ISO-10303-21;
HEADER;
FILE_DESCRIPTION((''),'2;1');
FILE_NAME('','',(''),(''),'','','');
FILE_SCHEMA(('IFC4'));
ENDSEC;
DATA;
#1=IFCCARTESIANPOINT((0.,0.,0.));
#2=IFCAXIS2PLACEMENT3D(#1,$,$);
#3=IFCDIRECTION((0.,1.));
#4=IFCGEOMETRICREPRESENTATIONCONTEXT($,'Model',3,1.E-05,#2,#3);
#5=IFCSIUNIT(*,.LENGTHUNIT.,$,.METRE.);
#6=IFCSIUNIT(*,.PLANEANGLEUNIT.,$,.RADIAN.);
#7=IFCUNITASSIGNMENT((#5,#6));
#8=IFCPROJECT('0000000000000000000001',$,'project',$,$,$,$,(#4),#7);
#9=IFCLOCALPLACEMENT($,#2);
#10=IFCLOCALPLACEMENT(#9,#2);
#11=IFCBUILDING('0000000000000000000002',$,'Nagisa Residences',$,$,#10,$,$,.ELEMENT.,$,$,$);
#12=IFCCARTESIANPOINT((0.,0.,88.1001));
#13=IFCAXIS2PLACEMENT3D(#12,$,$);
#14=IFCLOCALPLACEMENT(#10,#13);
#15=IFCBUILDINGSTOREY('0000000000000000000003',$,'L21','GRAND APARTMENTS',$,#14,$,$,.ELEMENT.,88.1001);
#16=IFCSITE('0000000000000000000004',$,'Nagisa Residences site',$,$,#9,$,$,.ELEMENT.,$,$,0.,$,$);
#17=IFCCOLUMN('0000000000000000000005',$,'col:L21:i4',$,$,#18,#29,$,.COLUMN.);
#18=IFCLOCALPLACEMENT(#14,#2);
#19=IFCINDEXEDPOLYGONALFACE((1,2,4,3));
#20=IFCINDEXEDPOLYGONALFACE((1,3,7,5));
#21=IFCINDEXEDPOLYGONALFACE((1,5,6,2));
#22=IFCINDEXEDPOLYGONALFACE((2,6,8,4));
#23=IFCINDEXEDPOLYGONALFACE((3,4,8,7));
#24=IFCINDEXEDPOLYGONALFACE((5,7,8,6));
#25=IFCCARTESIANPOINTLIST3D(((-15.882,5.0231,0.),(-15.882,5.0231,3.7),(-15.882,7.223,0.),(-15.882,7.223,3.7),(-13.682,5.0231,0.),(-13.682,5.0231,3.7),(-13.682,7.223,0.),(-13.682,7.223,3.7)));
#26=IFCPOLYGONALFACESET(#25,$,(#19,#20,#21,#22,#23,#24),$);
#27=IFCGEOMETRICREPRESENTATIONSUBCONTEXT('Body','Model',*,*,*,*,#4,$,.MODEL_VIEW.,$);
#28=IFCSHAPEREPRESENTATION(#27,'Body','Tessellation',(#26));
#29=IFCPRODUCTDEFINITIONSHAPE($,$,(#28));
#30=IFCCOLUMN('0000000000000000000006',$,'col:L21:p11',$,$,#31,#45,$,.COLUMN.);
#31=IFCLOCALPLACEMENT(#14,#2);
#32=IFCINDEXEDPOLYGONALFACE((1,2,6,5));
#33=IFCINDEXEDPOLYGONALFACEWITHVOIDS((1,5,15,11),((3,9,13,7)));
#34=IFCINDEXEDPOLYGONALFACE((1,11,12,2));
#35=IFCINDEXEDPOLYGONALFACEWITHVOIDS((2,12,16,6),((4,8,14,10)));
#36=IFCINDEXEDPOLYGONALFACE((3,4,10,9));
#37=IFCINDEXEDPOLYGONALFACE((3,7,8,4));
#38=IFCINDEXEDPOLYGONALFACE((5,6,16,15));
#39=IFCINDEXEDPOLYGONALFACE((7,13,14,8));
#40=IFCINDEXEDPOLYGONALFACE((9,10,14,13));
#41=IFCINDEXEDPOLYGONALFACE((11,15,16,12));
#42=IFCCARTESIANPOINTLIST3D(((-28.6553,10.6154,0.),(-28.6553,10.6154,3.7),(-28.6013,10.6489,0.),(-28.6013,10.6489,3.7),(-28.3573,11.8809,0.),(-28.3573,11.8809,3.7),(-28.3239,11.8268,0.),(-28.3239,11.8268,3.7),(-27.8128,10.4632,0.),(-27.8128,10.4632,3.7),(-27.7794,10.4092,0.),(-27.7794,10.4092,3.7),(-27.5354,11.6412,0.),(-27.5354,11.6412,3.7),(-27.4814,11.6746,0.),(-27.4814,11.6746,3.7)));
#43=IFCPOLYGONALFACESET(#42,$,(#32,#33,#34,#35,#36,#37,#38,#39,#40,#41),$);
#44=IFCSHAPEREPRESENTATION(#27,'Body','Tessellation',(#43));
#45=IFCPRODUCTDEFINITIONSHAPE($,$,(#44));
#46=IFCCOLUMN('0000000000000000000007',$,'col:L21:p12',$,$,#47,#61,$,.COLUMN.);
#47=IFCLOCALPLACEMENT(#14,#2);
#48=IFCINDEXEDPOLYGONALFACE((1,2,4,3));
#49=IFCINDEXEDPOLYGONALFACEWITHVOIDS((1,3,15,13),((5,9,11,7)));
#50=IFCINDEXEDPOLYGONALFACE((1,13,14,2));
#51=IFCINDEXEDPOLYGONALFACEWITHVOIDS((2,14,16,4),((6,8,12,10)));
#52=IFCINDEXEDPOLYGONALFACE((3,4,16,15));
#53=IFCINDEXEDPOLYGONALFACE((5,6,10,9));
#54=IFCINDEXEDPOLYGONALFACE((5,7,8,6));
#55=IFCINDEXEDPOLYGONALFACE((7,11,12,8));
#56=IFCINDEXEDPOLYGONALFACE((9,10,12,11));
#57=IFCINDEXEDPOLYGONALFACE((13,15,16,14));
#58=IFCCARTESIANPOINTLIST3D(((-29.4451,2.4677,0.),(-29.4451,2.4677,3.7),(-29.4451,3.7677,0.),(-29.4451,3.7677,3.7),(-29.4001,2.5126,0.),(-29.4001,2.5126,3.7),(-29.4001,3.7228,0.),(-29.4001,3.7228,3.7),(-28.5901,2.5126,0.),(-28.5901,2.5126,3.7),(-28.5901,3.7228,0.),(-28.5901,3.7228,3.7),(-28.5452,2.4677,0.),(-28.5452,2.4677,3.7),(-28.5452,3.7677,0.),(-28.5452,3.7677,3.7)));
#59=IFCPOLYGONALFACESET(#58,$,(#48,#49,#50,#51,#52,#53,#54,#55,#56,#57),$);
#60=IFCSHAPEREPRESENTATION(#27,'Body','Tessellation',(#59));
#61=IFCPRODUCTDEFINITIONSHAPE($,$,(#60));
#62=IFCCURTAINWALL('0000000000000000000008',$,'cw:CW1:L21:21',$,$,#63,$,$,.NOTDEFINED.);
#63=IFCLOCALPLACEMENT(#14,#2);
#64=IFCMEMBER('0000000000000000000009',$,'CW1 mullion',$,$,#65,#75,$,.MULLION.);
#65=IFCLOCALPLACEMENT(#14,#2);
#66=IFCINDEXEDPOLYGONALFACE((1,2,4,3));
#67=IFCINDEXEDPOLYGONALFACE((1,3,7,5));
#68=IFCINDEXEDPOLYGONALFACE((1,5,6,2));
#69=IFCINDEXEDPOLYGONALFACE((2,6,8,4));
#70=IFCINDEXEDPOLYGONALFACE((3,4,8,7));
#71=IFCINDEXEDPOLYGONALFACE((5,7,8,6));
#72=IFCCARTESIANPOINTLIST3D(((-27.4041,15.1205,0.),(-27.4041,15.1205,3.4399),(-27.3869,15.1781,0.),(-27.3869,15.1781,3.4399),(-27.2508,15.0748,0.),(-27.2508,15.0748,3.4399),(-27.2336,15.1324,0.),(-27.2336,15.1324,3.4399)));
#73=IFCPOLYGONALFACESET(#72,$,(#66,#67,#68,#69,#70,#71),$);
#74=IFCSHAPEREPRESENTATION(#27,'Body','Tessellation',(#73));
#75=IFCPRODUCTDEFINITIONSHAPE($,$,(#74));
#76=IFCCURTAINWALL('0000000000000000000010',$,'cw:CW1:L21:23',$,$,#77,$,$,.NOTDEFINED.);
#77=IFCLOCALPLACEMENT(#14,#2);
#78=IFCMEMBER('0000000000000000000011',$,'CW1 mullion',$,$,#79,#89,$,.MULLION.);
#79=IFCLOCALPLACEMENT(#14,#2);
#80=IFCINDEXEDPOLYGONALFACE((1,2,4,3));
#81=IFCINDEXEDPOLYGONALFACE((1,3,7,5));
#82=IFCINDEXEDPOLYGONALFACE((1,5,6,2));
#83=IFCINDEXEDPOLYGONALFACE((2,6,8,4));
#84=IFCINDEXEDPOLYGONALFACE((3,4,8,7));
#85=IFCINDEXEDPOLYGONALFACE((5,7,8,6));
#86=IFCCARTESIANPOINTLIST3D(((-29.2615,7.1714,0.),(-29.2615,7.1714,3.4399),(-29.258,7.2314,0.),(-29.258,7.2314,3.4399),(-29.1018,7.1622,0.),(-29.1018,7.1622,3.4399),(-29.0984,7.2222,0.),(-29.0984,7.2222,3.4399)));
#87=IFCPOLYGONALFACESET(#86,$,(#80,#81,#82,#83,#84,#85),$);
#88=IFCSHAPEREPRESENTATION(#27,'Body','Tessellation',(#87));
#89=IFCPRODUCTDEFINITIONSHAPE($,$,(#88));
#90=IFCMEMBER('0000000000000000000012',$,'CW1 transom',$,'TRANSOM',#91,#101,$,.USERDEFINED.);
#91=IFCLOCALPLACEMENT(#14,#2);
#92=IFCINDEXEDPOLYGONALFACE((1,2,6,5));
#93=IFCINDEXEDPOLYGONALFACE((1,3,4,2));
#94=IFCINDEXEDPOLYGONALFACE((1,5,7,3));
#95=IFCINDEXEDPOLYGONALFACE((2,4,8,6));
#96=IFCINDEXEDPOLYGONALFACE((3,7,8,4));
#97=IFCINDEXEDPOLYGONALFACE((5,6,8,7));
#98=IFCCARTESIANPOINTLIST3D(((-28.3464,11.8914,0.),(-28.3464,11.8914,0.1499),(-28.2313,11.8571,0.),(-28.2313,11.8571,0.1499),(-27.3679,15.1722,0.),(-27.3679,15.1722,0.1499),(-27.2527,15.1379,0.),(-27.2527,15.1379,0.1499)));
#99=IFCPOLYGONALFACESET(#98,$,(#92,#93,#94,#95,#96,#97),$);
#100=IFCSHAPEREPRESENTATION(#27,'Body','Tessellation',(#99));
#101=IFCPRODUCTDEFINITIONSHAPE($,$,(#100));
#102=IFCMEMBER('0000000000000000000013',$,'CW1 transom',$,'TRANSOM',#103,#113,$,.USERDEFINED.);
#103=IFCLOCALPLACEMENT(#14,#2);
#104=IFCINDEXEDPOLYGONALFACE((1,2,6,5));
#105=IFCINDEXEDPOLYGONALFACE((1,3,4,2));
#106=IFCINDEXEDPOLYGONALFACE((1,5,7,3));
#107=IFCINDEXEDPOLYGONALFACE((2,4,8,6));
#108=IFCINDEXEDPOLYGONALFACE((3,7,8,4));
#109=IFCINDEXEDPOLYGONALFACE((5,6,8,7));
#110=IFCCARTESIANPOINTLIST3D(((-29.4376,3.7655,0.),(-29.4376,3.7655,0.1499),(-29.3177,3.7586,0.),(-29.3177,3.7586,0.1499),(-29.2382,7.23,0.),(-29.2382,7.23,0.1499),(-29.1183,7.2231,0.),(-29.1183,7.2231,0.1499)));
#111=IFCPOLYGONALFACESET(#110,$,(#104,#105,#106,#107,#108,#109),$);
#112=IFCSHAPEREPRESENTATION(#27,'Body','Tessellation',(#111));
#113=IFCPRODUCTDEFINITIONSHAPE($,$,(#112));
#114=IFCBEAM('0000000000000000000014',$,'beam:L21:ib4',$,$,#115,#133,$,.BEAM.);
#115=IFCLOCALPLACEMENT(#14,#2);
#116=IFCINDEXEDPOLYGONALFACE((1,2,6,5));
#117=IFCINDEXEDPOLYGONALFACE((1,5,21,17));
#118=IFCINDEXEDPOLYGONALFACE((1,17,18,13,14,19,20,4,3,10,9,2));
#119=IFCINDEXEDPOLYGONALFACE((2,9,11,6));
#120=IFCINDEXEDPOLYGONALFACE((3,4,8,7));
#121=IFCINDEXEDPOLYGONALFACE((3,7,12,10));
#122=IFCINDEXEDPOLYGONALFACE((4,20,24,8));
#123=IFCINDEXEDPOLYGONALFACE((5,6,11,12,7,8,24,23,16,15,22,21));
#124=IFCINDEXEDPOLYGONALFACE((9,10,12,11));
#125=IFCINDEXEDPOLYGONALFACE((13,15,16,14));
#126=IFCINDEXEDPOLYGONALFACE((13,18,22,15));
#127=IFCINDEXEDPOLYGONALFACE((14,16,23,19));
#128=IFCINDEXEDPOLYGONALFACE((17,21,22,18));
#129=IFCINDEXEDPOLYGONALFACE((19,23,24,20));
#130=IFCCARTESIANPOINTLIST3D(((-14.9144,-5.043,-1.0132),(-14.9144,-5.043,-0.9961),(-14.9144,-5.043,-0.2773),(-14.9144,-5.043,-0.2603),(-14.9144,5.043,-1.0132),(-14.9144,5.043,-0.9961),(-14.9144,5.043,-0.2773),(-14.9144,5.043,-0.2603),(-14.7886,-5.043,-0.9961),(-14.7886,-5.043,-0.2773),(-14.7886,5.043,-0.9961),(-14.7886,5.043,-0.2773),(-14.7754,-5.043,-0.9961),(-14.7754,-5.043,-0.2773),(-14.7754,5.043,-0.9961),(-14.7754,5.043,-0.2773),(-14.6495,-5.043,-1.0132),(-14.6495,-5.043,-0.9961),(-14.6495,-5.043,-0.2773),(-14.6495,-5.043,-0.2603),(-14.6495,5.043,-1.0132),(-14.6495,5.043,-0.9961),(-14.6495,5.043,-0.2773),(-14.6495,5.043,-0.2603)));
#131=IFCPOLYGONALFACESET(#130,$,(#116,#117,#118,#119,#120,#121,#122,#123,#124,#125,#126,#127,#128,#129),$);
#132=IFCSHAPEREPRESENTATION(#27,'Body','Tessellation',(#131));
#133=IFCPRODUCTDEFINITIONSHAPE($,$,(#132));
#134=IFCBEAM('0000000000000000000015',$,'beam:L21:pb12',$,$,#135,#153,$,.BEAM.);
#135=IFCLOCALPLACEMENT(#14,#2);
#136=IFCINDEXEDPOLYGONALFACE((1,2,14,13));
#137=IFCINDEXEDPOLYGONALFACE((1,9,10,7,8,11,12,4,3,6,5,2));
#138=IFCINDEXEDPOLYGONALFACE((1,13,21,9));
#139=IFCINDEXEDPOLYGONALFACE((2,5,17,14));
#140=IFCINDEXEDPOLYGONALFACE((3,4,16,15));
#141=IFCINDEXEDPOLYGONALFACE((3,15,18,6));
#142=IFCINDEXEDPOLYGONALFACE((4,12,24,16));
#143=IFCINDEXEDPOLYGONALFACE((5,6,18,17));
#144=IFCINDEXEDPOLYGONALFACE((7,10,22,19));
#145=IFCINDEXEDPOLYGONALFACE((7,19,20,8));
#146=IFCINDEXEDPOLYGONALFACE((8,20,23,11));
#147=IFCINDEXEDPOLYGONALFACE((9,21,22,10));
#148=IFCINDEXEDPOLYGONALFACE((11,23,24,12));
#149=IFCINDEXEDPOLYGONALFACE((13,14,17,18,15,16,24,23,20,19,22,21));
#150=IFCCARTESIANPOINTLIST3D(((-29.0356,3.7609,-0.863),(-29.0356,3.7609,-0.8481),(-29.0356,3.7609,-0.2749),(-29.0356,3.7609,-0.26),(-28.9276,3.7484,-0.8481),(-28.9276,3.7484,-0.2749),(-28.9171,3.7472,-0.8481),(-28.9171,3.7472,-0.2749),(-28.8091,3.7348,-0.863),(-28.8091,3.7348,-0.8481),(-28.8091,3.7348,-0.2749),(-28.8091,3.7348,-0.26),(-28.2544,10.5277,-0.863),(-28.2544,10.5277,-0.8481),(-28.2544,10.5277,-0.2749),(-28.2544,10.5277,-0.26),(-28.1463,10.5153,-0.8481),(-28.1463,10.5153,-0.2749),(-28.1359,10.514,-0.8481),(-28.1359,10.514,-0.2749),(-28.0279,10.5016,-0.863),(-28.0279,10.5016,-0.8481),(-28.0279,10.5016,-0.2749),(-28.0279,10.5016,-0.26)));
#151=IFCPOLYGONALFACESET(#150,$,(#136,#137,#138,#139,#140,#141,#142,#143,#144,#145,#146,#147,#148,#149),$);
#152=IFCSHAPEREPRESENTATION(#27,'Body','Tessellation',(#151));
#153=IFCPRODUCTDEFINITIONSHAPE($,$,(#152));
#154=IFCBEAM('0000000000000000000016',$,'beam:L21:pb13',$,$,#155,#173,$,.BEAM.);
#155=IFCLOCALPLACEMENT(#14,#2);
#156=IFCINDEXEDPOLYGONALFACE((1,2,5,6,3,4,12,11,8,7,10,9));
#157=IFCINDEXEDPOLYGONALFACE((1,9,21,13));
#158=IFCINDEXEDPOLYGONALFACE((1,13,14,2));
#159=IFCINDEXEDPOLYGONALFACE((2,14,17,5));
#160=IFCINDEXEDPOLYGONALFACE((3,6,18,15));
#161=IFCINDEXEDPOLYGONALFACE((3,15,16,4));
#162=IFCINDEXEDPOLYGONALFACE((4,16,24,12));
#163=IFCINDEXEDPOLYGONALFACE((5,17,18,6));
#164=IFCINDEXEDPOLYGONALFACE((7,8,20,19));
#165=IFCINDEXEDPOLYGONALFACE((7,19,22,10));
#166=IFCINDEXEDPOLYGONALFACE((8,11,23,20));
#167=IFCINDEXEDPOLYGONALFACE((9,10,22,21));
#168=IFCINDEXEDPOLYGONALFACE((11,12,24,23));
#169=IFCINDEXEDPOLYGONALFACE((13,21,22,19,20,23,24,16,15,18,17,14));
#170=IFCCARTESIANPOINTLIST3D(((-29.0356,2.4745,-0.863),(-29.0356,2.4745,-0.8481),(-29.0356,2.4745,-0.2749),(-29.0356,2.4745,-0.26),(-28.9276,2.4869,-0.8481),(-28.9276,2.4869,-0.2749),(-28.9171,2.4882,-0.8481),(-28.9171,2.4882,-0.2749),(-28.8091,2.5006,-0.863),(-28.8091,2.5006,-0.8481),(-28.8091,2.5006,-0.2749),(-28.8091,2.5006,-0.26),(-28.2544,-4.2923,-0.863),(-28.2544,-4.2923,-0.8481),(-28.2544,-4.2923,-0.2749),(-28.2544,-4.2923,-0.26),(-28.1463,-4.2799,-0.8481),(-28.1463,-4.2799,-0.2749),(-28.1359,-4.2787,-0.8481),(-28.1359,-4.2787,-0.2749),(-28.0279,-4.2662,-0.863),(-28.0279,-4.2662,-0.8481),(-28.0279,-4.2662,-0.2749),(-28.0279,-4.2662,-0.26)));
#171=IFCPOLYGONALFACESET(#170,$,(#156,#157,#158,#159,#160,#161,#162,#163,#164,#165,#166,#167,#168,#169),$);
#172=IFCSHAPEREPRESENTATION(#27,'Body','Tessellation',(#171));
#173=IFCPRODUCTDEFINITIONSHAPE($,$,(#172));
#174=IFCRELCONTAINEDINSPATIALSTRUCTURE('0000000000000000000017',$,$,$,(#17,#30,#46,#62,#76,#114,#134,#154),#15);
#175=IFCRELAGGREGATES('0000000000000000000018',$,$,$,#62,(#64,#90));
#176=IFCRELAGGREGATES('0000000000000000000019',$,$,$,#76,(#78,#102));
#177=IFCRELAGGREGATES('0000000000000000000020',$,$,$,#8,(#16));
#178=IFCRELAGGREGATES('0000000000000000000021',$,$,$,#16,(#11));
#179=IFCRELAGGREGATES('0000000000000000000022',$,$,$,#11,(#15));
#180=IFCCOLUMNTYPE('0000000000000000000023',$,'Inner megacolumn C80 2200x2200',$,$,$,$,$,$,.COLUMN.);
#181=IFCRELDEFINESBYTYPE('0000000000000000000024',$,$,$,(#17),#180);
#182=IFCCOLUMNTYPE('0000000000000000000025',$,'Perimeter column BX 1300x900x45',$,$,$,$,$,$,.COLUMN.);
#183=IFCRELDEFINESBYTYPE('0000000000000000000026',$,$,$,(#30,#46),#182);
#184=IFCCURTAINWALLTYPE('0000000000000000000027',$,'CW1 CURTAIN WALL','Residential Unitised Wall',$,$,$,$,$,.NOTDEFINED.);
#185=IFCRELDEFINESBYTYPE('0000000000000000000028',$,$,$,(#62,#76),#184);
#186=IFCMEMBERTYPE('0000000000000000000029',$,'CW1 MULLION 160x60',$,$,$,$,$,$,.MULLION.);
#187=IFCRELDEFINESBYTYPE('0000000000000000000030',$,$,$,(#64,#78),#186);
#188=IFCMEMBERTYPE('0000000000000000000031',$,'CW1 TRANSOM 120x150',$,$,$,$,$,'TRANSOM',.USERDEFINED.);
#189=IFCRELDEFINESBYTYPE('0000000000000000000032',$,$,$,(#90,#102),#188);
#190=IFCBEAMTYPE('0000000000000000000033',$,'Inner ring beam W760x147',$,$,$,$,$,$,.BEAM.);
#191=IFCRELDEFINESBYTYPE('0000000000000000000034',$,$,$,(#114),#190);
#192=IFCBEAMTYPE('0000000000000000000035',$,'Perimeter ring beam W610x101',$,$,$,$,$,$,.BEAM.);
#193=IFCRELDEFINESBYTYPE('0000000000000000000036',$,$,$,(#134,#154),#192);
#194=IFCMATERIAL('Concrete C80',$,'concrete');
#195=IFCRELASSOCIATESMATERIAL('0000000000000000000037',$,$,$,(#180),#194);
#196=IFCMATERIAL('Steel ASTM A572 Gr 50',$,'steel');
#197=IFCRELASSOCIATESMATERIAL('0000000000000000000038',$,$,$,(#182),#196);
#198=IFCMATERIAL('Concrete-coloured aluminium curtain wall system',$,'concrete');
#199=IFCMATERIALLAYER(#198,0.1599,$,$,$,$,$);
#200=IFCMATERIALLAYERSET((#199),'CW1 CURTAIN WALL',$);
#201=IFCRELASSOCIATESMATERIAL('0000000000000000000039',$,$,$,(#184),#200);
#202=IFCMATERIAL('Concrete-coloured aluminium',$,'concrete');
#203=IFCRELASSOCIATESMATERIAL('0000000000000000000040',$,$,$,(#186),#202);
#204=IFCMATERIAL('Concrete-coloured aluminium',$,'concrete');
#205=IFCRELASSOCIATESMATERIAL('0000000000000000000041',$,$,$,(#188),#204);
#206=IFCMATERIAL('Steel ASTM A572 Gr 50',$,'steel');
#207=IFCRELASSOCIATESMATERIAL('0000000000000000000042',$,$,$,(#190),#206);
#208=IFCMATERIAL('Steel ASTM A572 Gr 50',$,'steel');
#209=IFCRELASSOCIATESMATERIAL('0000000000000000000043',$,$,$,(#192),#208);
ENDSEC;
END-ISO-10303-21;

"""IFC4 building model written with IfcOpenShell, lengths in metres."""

from ifc_helpers import new_model, si_unit, direction, frame, origin, origin_2d, place, context, subcontext, project, spatial, rectangle, hollow_rectangle, i_section, extrude, material, layer, layer_set, material_profile, profile_set, type_object, element, aggregate, save


model = new_model("IFC4")

# Units and contexts
model_context = context("Model", 3, precision=1e-05, world=origin(), true_north=direction((0.0, 1.0)))
body_context = subcontext(model_context, "Body", "Model", "MODEL_VIEW")
ifc_project = project(units=[si_unit("LENGTHUNIT", "METRE"), si_unit("PLANEANGLEUNIT", "RADIAN")], contexts=[model_context])

# Site, building, storey
site_placement = place(None, origin())
site = spatial("IfcSite", under=ifc_project, at=site_placement, Name="Nagisa Residences site", CompositionType="ELEMENT", RefElevation=0.0)
building_placement = place(site_placement, origin())
building = spatial("IfcBuilding", under=site, at=building_placement, Name="Nagisa Residences", CompositionType="ELEMENT")
storey_placement = place(building_placement, frame((0.0, 0.0, 88.1001)))
storey = spatial("IfcBuildingStorey", under=building, at=storey_placement, Name="L21", Description="GRAND APARTMENTS", CompositionType="ELEMENT", Elevation=88.1001)

# Columns
ifc_material_1 = material(Name="Concrete C80", Category="concrete")
ifc_material_profile_1 = material_profile(ifc_material_1, rectangle(XDim=2.2, YDim=2.2, at=origin_2d()), Name="C80 2200x2200")
ifc_profile_set_1 = profile_set([ifc_material_profile_1], Name="Concrete C80")
column_type_1 = type_object("IfcColumnType", Name="Inner megacolumn C80 2200x2200", PredefinedType="COLUMN", material=ifc_profile_set_1)
column_placement = place(storey_placement, frame((-14.782, 6.123, 0.0), z_axis=(0.0, 0.0, 1.0), x_axis=(1.0, 0.0, 0.0)))
element("IfcColumn", 1, at=column_placement, inside=storey, type_object=column_type_1, Name="col:L21:i4", PredefinedType="COLUMN", context=body_context, shape_type="SweptSolid", body=[
    extrude(rectangle(XDim=2.2, YDim=2.2, at=origin_2d()), origin(), (0.0, 0.0, 1.0), 3.7),
])
ifc_material_2 = material(Name="Steel ASTM A572 Gr 50", Category="steel")
ifc_material_profile_2 = material_profile(ifc_material_2, hollow_rectangle(XDim=1.3, YDim=0.8999, WallThickness=0.0449, at=origin_2d()), Name="BX 1300x900x45")
ifc_profile_set_2 = profile_set([ifc_material_profile_2], Name="Steel ASTM A572 Gr 50")
column_type_2 = type_object("IfcColumnType", Name="Perimeter column BX 1300x900x45", PredefinedType="COLUMN", material=ifc_profile_set_2)
for number, where, z_axis, x_axis, name in (
    (2, (-28.0684, 11.145, 0.0), (0.0, 0.0, 1.0), (-0.229202, -0.973379, 0.0), "col:L21:p11"),
    (3, (-28.9951, 3.1177, 0.0), (0.0, 0.0, 1.0), (0.0, -1.0, 0.0), "col:L21:p12"),
):
    element("IfcColumn", number, at=place(storey_placement, frame(where, z_axis=z_axis, x_axis=x_axis)), inside=storey, type_object=column_type_2, Name=name, PredefinedType="COLUMN", context=body_context, shape_type="SweptSolid", body=[
        extrude(hollow_rectangle(XDim=1.3, YDim=0.8999, WallThickness=0.0449, at=origin_2d()), origin(), (0.0, 0.0, 1.0), 3.7),
    ])

# Curtain walls, members
ifc_material_3 = material(Name="Concrete-coloured aluminium curtain wall system", Category="concrete")
ifc_layer_1 = layer(ifc_material_3, 0.1599)
ifc_layer_set_1 = layer_set([ifc_layer_1], Name="CW1 CURTAIN WALL")
curtain_wall_type = type_object("IfcCurtainWallType", Name="CW1 CURTAIN WALL", Description="Residential Unitised Wall", PredefinedType="NOTDEFINED", material=ifc_layer_set_1)
curtain_wall_1_placement = place(storey_placement, origin())
curtain_wall_1 = element("IfcCurtainWall", 4, at=curtain_wall_1_placement, inside=storey, type_object=curtain_wall_type, Name="cw:CW1:L21:21", PredefinedType="NOTDEFINED")
ifc_material_4 = material(Name="Concrete-coloured aluminium", Category="concrete")
ifc_material_profile_3 = material_profile(ifc_material_4, rectangle(XDim=0.1599, YDim=0.0601, at=origin_2d()), Name="CW1 MULLION 160x60")
ifc_profile_set_3 = profile_set([ifc_material_profile_3], Name="Concrete-coloured aluminium")
member_type_1 = type_object("IfcMemberType", Name="CW1 MULLION 160x60", PredefinedType="MULLION", material=ifc_profile_set_3)
member_1_placement = place(storey_placement, frame((-27.3188, 15.1265, 0.0), z_axis=(0.0, 0.0, 1.0), x_axis=(0.958271, -0.28586, 0.0)))
member_1 = element("IfcMember", 5, at=member_1_placement, type_object=member_type_1, Name="CW1 mullion", PredefinedType="MULLION", context=body_context, shape_type="SweptSolid", body=[
    extrude(rectangle(XDim=0.1599, YDim=0.0601, at=origin_2d()), origin(), (0.0, 0.0, 1.0), 3.4399),
])
curtain_wall_2_placement = place(storey_placement, origin())
curtain_wall_2 = element("IfcCurtainWall", 6, at=curtain_wall_2_placement, inside=storey, type_object=curtain_wall_type, Name="cw:CW1:L21:23", PredefinedType="NOTDEFINED")
member_2_placement = place(storey_placement, frame((-29.1799, 7.1968, 0.0), z_axis=(0.0, 0.0, 1.0), x_axis=(0.998345, -0.057503, 0.0)))
member_2 = element("IfcMember", 7, at=member_2_placement, type_object=member_type_1, Name="CW1 mullion", PredefinedType="MULLION", context=body_context, shape_type="SweptSolid", body=[
    extrude(rectangle(XDim=0.1599, YDim=0.0601, at=origin_2d()), origin(), (0.0, 0.0, 1.0), 3.4399),
])

# Members
ifc_material_5 = material(Name="Concrete-coloured aluminium", Category="concrete")
ifc_material_profile_4 = material_profile(ifc_material_5, rectangle(XDim=0.1201, YDim=0.1499, at=origin_2d()), Name="CW1 TRANSOM 120x150")
ifc_profile_set_4 = profile_set([ifc_material_profile_4], Name="Concrete-coloured aluminium")
member_type_2 = type_object("IfcMemberType", Name="CW1 TRANSOM 120x150", ElementType="TRANSOM", PredefinedType="USERDEFINED", material=ifc_profile_set_4)
member_3_placement = place(storey_placement, frame((-27.3103, 15.155, 0.075), z_axis=(-0.285817, -0.958284, 0.0), x_axis=(0.958284, -0.285817, 0.0)))
member_3 = element("IfcMember", 8, at=member_3_placement, type_object=member_type_2, Name="CW1 transom", ObjectType="TRANSOM", PredefinedType="USERDEFINED", context=body_context, shape_type="SweptSolid", body=[
    extrude(rectangle(XDim=0.1201, YDim=0.1499, at=origin_2d()), origin(), (0.0, 0.0, 1.0), 3.4236),
])
member_4_placement = place(storey_placement, frame((-29.1782, 7.2266, 0.075), z_axis=(-0.057477, -0.998347, 0.0), x_axis=(0.998347, -0.057477, 0.0)))
member_4 = element("IfcMember", 9, at=member_4_placement, type_object=member_type_2, Name="CW1 transom", ObjectType="TRANSOM", PredefinedType="USERDEFINED", context=body_context, shape_type="SweptSolid", body=[
    extrude(rectangle(XDim=0.1201, YDim=0.1499, at=origin_2d()), origin(), (0.0, 0.0, 1.0), 3.4702),
])

# Beams
ifc_material_6 = material(Name="Steel ASTM A572 Gr 50", Category="steel")
ifc_material_profile_5 = material_profile(ifc_material_6, i_section(OverallWidth=0.2649, OverallDepth=0.7529, WebThickness=0.0132, FlangeThickness=0.0171, at=origin_2d()), Name="W760x147")
ifc_profile_set_5 = profile_set([ifc_material_profile_5], Name="Steel ASTM A572 Gr 50")
beam_type_1 = type_object("IfcBeamType", Name="Inner ring beam W760x147", PredefinedType="BEAM", material=ifc_profile_set_5)
beam_1_placement = place(storey_placement, frame((-14.782, 5.043, -0.6367), z_axis=(0.0, -1.0, 0.0), x_axis=(1.0, 0.0, 0.0)))
element("IfcBeam", 10, at=beam_1_placement, inside=storey, type_object=beam_type_1, Name="beam:L21:ib4", PredefinedType="BEAM", context=body_context, shape_type="SweptSolid", body=[
    extrude(i_section(OverallWidth=0.2649, OverallDepth=0.7529, WebThickness=0.0132, FlangeThickness=0.0171, at=origin_2d()), origin(), (0.0, 0.0, 1.0), 10.0859),
])
ifc_material_7 = material(Name="Steel ASTM A572 Gr 50", Category="steel")
ifc_material_profile_6 = material_profile(ifc_material_7, i_section(OverallWidth=0.228, OverallDepth=0.603, WebThickness=0.0105, FlangeThickness=0.0149, at=origin_2d()), Name="W610x101")
ifc_profile_set_6 = profile_set([ifc_material_profile_6], Name="Steel ASTM A572 Gr 50")
beam_type_2 = type_object("IfcBeamType", Name="Perimeter ring beam W610x101", PredefinedType="BEAM", material=ifc_profile_set_6)
for number, where, z_axis, x_axis, name in (
    (11, (-28.1411, 10.5146, -0.5615), (-0.114691, -0.993401, 0.0), (0.993401, -0.114691, 0.0), "beam:L21:pb12"),
    (12, (-28.9224, 2.4875, -0.5615), (0.114691, -0.993401, 0.0), (0.993401, 0.114691, 0.0), "beam:L21:pb13"),
):
    element("IfcBeam", number, at=place(storey_placement, frame(where, z_axis=z_axis, x_axis=x_axis)), inside=storey, type_object=beam_type_2, Name=name, PredefinedType="BEAM", context=body_context, shape_type="SweptSolid", body=[
        extrude(i_section(OverallWidth=0.228, OverallDepth=0.603, WebThickness=0.0105, FlangeThickness=0.0149, at=origin_2d()), origin(), (0.0, 0.0, 1.0), 6.8118),
    ])

aggregate(curtain_wall_1, [member_1, member_3])
aggregate(curtain_wall_2, [member_2, member_4])

save(model, "model.ifc")
